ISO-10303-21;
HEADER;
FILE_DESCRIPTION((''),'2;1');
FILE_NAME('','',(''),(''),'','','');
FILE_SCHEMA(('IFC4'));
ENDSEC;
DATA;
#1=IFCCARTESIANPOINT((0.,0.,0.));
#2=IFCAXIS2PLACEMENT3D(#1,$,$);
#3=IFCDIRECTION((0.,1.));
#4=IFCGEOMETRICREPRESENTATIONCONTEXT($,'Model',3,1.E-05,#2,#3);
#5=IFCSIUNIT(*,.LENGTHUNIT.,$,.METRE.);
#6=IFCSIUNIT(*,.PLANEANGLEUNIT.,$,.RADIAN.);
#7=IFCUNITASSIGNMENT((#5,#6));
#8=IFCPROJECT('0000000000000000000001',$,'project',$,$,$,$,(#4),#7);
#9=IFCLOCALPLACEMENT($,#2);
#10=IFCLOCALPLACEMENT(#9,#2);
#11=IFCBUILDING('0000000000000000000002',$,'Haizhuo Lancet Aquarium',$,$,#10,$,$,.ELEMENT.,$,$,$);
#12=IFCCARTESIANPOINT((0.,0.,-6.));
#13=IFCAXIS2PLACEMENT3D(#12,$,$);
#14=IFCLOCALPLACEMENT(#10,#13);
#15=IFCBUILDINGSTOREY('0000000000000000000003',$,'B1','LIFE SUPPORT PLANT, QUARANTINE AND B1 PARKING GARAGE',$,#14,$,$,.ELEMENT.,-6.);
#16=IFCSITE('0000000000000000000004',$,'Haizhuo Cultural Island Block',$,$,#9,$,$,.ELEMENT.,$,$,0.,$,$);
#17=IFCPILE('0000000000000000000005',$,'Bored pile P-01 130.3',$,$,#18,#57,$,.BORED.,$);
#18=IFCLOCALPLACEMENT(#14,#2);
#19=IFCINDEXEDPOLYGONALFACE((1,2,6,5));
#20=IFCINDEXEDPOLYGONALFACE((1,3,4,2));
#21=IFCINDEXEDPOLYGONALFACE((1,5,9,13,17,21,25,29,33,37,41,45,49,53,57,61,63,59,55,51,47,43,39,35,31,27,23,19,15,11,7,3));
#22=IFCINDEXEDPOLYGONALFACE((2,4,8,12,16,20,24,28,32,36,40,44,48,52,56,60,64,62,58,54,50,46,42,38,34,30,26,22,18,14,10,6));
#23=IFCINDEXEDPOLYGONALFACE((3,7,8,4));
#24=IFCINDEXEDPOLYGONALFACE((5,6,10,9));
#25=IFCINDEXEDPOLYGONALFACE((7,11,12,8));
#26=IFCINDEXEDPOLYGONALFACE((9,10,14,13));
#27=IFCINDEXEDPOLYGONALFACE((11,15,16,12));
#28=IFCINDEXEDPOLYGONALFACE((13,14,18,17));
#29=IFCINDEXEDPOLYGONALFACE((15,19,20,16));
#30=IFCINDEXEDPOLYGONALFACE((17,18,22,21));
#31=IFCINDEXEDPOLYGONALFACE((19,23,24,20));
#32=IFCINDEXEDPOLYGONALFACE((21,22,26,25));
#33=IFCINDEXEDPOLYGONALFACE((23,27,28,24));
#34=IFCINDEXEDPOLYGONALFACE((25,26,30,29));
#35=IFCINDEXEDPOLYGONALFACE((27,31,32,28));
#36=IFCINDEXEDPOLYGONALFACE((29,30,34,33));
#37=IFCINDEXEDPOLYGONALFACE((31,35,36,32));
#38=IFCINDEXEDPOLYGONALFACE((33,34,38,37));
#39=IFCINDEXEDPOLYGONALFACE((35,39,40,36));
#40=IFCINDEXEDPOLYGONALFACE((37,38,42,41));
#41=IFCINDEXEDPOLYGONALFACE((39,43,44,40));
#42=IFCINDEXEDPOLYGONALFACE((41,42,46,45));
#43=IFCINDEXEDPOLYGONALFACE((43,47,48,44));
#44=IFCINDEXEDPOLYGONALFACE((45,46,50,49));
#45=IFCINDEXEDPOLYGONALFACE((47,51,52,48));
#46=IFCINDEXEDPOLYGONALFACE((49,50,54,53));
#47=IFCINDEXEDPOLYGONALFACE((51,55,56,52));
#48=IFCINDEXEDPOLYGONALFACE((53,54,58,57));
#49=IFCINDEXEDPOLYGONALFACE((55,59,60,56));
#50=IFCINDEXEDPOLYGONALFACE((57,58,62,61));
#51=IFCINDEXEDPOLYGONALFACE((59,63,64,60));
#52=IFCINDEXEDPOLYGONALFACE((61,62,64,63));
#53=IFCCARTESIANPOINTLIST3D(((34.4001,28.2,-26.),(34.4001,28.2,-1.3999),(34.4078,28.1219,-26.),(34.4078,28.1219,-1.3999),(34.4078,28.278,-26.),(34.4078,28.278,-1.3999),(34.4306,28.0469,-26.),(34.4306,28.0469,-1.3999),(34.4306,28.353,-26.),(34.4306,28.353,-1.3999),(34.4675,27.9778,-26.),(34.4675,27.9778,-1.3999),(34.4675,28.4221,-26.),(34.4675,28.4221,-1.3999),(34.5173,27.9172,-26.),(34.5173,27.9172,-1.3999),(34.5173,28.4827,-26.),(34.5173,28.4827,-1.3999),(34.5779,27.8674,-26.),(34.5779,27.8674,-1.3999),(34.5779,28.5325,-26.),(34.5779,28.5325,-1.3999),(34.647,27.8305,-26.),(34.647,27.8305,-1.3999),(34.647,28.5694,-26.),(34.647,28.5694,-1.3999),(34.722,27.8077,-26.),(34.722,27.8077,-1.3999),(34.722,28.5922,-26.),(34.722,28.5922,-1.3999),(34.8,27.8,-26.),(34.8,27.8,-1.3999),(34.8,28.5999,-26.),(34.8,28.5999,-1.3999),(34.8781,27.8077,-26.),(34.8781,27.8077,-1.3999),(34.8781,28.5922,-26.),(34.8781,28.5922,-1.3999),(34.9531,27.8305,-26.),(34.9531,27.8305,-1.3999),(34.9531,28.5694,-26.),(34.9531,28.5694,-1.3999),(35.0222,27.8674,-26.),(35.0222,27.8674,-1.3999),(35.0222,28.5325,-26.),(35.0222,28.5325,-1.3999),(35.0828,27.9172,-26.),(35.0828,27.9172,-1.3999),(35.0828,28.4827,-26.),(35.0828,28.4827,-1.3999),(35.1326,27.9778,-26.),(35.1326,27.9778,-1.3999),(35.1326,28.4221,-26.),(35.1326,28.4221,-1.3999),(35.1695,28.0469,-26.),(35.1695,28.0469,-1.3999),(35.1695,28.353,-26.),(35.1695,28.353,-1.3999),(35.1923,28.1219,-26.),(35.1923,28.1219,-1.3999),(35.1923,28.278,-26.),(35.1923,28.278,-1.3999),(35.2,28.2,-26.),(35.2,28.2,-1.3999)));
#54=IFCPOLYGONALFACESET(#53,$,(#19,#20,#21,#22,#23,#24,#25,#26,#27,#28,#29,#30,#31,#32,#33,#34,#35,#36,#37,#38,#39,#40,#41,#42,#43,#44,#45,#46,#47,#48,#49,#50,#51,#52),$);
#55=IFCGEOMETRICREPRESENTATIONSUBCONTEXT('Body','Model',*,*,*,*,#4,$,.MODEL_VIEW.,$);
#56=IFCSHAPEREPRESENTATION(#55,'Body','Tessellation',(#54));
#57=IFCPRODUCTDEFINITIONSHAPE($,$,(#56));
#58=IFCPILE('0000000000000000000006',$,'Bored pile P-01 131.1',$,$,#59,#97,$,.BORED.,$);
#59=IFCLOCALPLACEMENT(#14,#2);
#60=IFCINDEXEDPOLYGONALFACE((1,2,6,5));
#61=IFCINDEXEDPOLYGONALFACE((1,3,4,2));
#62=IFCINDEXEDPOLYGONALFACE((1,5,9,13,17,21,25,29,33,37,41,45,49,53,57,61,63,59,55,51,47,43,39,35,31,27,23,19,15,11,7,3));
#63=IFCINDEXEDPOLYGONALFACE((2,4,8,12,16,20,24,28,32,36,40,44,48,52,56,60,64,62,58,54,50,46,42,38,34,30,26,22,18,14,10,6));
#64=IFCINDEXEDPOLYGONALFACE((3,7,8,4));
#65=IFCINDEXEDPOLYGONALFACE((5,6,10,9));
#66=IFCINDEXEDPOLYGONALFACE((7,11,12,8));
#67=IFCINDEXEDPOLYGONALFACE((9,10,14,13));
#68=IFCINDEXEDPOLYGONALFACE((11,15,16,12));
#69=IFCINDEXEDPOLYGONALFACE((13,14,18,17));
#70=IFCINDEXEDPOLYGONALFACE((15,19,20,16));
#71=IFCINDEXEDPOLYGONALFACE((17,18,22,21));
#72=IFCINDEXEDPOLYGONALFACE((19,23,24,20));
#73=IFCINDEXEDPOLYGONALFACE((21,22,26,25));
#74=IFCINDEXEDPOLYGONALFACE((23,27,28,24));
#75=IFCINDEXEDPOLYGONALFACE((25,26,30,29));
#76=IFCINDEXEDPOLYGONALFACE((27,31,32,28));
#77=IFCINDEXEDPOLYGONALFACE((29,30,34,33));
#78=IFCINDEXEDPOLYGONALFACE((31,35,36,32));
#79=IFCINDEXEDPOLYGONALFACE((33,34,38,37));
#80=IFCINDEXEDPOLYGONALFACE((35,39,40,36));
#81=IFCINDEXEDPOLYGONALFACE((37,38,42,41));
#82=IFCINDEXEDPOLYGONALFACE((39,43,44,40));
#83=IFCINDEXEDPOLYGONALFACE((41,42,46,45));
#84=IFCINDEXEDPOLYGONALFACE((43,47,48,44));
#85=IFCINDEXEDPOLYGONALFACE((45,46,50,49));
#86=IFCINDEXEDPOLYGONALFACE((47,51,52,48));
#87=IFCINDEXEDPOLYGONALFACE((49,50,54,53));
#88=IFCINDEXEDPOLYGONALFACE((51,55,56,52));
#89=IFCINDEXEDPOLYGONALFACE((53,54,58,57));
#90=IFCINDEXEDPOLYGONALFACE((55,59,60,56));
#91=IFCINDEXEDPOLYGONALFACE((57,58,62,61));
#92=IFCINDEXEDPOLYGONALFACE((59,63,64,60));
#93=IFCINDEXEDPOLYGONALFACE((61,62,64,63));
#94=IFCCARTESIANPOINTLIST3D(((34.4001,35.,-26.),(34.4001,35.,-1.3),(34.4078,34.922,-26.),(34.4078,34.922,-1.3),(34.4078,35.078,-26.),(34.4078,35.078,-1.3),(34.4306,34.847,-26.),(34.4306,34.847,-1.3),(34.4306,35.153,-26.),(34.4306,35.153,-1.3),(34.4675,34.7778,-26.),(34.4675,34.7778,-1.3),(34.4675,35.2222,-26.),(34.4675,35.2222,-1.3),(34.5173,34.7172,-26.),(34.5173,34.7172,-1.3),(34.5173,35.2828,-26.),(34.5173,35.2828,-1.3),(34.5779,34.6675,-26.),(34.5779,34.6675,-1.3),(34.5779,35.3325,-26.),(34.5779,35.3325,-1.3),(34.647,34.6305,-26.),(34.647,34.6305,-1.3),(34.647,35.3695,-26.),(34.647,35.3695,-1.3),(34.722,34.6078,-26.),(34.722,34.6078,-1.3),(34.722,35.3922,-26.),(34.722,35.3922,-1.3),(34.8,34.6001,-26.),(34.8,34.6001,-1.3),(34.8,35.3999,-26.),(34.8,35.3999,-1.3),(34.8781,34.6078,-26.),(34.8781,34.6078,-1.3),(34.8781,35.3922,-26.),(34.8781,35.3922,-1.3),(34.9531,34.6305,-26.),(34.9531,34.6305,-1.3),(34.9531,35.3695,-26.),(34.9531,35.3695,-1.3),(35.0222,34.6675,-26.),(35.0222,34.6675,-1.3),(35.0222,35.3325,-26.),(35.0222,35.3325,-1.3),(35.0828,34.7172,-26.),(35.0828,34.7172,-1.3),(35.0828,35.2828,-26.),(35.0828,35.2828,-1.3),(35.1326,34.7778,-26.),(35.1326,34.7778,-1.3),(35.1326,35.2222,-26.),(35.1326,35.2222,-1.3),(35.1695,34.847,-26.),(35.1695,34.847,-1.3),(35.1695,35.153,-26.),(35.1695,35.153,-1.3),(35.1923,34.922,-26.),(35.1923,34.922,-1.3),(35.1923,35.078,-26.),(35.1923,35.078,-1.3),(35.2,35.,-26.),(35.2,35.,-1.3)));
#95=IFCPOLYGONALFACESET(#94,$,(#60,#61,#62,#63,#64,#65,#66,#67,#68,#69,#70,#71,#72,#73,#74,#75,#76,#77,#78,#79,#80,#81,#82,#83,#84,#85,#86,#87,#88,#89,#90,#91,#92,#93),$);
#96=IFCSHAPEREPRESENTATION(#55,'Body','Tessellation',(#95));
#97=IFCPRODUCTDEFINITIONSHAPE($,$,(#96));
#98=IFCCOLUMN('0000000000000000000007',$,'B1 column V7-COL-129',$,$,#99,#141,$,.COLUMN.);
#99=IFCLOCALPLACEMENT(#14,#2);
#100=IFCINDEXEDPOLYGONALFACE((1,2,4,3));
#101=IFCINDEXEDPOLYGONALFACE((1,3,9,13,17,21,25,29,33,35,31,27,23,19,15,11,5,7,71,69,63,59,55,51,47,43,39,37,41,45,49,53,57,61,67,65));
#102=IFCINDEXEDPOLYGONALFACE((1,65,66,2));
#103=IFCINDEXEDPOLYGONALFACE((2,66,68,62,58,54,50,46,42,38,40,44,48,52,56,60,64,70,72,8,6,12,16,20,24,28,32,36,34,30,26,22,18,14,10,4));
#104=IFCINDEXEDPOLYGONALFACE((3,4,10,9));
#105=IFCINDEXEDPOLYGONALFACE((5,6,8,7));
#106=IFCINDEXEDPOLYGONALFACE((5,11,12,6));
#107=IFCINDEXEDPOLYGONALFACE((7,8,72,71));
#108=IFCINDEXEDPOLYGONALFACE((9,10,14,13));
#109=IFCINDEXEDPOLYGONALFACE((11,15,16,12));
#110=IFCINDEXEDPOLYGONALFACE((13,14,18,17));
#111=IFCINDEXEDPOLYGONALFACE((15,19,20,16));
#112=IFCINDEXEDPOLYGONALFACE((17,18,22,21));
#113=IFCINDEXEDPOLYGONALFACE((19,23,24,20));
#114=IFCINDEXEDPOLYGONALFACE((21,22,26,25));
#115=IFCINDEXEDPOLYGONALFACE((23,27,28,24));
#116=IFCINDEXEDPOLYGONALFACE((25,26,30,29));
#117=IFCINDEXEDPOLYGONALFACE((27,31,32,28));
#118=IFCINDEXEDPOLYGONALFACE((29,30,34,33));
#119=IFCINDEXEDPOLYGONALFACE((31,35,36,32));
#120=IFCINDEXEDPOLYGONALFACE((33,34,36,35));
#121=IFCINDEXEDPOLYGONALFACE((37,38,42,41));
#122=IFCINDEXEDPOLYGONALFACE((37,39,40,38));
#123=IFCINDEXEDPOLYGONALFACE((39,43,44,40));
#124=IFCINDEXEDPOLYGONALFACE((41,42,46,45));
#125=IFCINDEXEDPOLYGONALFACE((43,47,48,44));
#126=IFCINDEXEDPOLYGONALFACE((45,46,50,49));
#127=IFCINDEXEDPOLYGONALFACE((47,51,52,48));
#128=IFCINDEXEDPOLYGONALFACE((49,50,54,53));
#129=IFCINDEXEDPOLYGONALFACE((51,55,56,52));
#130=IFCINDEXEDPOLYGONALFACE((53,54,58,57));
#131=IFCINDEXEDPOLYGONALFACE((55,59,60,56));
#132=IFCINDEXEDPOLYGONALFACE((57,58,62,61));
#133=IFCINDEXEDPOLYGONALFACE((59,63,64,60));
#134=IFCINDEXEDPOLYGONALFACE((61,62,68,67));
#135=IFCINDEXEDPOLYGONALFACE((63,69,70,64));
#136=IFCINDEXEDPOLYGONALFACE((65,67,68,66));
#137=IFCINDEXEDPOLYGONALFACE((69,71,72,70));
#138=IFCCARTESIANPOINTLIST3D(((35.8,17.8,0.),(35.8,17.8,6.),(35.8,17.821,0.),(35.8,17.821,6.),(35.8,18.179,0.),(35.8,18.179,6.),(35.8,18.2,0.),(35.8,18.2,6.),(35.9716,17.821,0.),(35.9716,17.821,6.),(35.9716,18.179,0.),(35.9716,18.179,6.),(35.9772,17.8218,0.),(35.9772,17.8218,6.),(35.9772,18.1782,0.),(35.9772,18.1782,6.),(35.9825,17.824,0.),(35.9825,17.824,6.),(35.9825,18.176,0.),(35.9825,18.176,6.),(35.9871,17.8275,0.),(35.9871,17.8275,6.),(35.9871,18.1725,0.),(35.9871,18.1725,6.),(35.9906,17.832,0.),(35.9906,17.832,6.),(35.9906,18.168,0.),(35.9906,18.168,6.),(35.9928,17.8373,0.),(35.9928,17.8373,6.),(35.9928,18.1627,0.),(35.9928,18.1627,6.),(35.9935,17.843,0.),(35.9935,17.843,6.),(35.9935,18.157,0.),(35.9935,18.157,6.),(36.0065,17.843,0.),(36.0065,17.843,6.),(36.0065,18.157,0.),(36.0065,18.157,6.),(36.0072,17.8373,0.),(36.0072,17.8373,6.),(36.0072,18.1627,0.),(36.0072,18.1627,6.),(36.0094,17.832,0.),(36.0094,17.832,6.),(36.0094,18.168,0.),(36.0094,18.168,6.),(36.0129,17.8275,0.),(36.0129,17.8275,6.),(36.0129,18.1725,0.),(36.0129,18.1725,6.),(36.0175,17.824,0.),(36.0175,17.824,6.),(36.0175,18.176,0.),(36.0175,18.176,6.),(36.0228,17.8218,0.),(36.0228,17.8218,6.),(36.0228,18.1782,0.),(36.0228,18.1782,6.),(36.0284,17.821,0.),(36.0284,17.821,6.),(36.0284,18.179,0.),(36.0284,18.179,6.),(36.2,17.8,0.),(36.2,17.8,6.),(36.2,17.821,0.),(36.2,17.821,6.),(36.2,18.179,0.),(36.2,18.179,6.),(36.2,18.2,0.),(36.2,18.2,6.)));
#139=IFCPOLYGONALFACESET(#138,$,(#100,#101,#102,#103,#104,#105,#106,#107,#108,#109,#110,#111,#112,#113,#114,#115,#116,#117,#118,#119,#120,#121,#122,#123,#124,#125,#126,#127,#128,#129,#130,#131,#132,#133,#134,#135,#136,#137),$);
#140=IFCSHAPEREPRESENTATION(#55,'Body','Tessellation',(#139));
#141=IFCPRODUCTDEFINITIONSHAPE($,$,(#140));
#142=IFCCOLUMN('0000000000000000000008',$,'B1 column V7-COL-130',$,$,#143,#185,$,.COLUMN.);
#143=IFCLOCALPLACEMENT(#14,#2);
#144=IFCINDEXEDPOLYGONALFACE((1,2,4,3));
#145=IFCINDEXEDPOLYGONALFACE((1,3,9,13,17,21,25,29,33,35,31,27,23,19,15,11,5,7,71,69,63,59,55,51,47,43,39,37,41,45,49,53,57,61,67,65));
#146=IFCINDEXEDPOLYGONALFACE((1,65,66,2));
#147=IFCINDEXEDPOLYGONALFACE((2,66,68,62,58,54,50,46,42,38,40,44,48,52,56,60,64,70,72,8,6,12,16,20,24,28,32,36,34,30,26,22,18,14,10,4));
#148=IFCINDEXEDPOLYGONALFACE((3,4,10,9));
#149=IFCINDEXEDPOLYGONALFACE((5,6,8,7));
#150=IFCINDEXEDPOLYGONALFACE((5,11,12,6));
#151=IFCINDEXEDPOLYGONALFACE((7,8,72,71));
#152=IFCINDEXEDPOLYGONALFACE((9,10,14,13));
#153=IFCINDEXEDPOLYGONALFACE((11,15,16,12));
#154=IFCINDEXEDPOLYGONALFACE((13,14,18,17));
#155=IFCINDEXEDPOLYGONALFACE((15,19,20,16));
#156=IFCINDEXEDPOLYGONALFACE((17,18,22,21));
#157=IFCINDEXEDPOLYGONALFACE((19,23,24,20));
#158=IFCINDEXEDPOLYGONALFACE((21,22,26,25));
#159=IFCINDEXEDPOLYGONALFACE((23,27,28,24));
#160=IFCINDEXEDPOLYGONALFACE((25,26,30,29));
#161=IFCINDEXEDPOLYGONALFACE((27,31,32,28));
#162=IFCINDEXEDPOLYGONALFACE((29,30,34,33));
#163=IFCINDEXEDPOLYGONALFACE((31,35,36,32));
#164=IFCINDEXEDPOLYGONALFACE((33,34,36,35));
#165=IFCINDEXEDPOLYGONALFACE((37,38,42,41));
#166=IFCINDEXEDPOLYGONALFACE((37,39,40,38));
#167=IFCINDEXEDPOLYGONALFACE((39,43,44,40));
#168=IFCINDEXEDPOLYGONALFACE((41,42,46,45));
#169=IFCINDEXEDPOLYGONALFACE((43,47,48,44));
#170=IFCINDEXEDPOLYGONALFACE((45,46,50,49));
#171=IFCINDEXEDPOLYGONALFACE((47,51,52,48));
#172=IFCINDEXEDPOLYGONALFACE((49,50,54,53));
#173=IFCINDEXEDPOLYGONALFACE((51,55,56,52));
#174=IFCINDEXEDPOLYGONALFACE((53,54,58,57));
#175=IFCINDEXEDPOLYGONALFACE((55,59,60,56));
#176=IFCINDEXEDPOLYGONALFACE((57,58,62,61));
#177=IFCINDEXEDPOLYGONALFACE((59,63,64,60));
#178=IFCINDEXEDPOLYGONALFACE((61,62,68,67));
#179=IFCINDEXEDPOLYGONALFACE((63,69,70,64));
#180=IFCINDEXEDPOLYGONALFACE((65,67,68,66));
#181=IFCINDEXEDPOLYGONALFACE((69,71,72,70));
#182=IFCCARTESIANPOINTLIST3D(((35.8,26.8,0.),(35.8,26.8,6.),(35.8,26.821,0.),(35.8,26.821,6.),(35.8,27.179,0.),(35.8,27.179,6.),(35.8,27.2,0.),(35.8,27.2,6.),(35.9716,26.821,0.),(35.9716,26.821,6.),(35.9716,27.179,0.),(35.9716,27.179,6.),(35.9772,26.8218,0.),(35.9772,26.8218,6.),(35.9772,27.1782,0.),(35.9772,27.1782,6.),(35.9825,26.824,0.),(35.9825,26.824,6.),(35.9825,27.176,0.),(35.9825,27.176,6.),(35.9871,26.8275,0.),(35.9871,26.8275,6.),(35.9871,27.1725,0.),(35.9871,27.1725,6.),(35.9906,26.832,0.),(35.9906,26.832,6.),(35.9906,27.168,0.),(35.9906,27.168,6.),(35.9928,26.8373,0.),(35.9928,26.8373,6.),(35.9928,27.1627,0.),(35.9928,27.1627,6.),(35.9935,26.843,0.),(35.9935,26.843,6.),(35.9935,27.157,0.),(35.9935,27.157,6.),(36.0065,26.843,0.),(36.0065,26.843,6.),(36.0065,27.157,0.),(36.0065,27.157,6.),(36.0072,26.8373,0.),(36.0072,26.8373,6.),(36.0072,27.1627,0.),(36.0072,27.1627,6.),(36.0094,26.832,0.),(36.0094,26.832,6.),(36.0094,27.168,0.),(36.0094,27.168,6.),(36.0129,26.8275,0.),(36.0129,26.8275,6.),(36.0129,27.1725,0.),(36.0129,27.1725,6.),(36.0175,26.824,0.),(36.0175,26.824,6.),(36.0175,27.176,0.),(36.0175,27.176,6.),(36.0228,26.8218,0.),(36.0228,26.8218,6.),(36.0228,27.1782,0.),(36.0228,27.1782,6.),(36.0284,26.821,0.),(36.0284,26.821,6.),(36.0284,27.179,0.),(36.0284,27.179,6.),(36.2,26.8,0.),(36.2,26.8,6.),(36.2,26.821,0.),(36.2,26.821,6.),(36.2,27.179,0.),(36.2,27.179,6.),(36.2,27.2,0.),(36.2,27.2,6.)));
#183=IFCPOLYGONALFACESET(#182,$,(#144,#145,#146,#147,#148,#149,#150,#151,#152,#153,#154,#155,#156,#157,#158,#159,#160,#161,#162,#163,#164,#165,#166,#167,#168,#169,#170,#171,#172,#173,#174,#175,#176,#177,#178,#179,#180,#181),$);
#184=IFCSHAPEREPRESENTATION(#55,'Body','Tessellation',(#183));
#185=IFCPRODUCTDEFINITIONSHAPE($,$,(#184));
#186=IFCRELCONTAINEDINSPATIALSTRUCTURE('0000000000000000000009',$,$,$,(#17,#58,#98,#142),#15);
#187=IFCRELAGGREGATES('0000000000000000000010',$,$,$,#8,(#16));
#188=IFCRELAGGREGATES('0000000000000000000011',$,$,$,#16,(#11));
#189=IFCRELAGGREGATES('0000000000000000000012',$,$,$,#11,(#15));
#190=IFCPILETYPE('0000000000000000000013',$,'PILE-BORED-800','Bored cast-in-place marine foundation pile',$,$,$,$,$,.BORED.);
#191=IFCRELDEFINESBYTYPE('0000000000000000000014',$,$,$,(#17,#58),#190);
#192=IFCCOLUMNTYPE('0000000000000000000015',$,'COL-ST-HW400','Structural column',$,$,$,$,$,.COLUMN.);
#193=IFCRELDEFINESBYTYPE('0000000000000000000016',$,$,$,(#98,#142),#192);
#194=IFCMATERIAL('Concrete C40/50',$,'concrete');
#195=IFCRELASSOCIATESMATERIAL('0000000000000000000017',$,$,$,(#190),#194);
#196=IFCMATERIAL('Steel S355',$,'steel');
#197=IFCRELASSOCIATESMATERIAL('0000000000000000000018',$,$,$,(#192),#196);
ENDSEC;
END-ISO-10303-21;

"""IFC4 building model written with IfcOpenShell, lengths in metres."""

from ifc_helpers import new_model, si_unit, direction, frame, origin, origin_2d, place, context, subcontext, project, spatial, circle, i_section, extrude, material, material_profile, profile_set, type_object, element, save


model = new_model("IFC4")

# Units and contexts
model_context = context("Model", 3, precision=1e-05, world=origin(), true_north=direction((0.0, 1.0)))
body_context = subcontext(model_context, "Body", "Model", "MODEL_VIEW")
ifc_project = project(units=[si_unit("LENGTHUNIT", "METRE"), si_unit("PLANEANGLEUNIT", "RADIAN")], contexts=[model_context])

# Site, building, storey
site_placement = place(None, origin())
site = spatial("IfcSite", under=ifc_project, at=site_placement, Name="Haizhuo Cultural Island Block", CompositionType="ELEMENT", RefElevation=0.0)
building_placement = place(site_placement, origin())
building = spatial("IfcBuilding", under=site, at=building_placement, Name="Haizhuo Lancet Aquarium", CompositionType="ELEMENT")
storey_placement = place(building_placement, frame((0.0, 0.0, -6.0)))
storey = spatial("IfcBuildingStorey", under=building, at=storey_placement, Name="B1", Description="LIFE SUPPORT PLANT, QUARANTINE AND B1 PARKING GARAGE", CompositionType="ELEMENT", Elevation=-6.0)

# Shared definitions
ifc_material_1 = material(Name="Concrete C40/50", Category="concrete")

# Piles
ifc_material_profile_1 = material_profile(ifc_material_1, circle(Radius=0.3999, at=origin_2d()), Name="PILE-800")
ifc_profile_set_1 = profile_set([ifc_material_profile_1], Name="Concrete C40/50")
pile_type_1 = type_object("IfcPileType", Name="PILE-BORED-800", Description="Bored cast-in-place marine foundation pile", PredefinedType="BORED", material=ifc_profile_set_1)
for number, where, z_axis, x_axis, name in (
    (1, (34.8, 28.2, -1.3999), (0.0, 0.0, -1.0), (1.0, 0.0, 0.0), "Bored pile P-01 130.3"),
):
    element("IfcPile", number, at=place(storey_placement, frame(where, z_axis=z_axis, x_axis=x_axis)), inside=storey, type_object=pile_type_1, Name=name, PredefinedType="BORED", context=body_context, shape_type="SweptSolid", body=[
        extrude(circle(Radius=0.3999, at=origin_2d()), origin(), (0.0, 0.0, 1.0), 24.6001),
    ])
pile_placement = place(storey_placement, frame((34.8, 35.0, -1.3), z_axis=(0.0, 0.0, -1.0), x_axis=(1.0, 0.0, 0.0)))
element("IfcPile", 2, at=pile_placement, inside=storey, type_object=pile_type_1, Name="Bored pile P-01 131.1", PredefinedType="BORED", context=body_context, shape_type="SweptSolid", body=[
    extrude(circle(Radius=0.3999, at=origin_2d()), origin(), (0.0, 0.0, 1.0), 24.7),
])

# Columns
ifc_material_2 = material(Name="Steel S355", Category="steel")
ifc_material_profile_2 = material_profile(ifc_material_2, i_section(OverallWidth=0.3999, OverallDepth=0.3999, WebThickness=0.0129, FlangeThickness=0.021, FilletRadius=0.022, at=origin_2d()), Name="HW 400x400x13x21")
ifc_profile_set_2 = profile_set([ifc_material_profile_2], Name="Steel S355")
column_type = type_object("IfcColumnType", Name="COL-ST-HW400", Description="Structural column", PredefinedType="COLUMN", material=ifc_profile_set_2)
for number, where, z_axis, x_axis, name in (
    (3, (36.0, 18.0, 0.0), (0.0, 0.0, 1.0), (1.0, 0.0, 0.0), "B1 column V7-COL-129"),
    (4, (36.0, 27.0, 0.0), (0.0, 0.0, 1.0), (1.0, 0.0, 0.0), "B1 column V7-COL-130"),
):
    element("IfcColumn", number, at=place(storey_placement, frame(where, z_axis=z_axis, x_axis=x_axis)), inside=storey, type_object=column_type, Name=name, PredefinedType="COLUMN", context=body_context, shape_type="SweptSolid", body=[
        extrude(i_section(OverallWidth=0.3999, OverallDepth=0.3999, WebThickness=0.0129, FlangeThickness=0.021, FilletRadius=0.022, at=origin_2d()), origin(), (0.0, 0.0, 1.0), 6.0),
    ])

save(model, "model.ifc")
